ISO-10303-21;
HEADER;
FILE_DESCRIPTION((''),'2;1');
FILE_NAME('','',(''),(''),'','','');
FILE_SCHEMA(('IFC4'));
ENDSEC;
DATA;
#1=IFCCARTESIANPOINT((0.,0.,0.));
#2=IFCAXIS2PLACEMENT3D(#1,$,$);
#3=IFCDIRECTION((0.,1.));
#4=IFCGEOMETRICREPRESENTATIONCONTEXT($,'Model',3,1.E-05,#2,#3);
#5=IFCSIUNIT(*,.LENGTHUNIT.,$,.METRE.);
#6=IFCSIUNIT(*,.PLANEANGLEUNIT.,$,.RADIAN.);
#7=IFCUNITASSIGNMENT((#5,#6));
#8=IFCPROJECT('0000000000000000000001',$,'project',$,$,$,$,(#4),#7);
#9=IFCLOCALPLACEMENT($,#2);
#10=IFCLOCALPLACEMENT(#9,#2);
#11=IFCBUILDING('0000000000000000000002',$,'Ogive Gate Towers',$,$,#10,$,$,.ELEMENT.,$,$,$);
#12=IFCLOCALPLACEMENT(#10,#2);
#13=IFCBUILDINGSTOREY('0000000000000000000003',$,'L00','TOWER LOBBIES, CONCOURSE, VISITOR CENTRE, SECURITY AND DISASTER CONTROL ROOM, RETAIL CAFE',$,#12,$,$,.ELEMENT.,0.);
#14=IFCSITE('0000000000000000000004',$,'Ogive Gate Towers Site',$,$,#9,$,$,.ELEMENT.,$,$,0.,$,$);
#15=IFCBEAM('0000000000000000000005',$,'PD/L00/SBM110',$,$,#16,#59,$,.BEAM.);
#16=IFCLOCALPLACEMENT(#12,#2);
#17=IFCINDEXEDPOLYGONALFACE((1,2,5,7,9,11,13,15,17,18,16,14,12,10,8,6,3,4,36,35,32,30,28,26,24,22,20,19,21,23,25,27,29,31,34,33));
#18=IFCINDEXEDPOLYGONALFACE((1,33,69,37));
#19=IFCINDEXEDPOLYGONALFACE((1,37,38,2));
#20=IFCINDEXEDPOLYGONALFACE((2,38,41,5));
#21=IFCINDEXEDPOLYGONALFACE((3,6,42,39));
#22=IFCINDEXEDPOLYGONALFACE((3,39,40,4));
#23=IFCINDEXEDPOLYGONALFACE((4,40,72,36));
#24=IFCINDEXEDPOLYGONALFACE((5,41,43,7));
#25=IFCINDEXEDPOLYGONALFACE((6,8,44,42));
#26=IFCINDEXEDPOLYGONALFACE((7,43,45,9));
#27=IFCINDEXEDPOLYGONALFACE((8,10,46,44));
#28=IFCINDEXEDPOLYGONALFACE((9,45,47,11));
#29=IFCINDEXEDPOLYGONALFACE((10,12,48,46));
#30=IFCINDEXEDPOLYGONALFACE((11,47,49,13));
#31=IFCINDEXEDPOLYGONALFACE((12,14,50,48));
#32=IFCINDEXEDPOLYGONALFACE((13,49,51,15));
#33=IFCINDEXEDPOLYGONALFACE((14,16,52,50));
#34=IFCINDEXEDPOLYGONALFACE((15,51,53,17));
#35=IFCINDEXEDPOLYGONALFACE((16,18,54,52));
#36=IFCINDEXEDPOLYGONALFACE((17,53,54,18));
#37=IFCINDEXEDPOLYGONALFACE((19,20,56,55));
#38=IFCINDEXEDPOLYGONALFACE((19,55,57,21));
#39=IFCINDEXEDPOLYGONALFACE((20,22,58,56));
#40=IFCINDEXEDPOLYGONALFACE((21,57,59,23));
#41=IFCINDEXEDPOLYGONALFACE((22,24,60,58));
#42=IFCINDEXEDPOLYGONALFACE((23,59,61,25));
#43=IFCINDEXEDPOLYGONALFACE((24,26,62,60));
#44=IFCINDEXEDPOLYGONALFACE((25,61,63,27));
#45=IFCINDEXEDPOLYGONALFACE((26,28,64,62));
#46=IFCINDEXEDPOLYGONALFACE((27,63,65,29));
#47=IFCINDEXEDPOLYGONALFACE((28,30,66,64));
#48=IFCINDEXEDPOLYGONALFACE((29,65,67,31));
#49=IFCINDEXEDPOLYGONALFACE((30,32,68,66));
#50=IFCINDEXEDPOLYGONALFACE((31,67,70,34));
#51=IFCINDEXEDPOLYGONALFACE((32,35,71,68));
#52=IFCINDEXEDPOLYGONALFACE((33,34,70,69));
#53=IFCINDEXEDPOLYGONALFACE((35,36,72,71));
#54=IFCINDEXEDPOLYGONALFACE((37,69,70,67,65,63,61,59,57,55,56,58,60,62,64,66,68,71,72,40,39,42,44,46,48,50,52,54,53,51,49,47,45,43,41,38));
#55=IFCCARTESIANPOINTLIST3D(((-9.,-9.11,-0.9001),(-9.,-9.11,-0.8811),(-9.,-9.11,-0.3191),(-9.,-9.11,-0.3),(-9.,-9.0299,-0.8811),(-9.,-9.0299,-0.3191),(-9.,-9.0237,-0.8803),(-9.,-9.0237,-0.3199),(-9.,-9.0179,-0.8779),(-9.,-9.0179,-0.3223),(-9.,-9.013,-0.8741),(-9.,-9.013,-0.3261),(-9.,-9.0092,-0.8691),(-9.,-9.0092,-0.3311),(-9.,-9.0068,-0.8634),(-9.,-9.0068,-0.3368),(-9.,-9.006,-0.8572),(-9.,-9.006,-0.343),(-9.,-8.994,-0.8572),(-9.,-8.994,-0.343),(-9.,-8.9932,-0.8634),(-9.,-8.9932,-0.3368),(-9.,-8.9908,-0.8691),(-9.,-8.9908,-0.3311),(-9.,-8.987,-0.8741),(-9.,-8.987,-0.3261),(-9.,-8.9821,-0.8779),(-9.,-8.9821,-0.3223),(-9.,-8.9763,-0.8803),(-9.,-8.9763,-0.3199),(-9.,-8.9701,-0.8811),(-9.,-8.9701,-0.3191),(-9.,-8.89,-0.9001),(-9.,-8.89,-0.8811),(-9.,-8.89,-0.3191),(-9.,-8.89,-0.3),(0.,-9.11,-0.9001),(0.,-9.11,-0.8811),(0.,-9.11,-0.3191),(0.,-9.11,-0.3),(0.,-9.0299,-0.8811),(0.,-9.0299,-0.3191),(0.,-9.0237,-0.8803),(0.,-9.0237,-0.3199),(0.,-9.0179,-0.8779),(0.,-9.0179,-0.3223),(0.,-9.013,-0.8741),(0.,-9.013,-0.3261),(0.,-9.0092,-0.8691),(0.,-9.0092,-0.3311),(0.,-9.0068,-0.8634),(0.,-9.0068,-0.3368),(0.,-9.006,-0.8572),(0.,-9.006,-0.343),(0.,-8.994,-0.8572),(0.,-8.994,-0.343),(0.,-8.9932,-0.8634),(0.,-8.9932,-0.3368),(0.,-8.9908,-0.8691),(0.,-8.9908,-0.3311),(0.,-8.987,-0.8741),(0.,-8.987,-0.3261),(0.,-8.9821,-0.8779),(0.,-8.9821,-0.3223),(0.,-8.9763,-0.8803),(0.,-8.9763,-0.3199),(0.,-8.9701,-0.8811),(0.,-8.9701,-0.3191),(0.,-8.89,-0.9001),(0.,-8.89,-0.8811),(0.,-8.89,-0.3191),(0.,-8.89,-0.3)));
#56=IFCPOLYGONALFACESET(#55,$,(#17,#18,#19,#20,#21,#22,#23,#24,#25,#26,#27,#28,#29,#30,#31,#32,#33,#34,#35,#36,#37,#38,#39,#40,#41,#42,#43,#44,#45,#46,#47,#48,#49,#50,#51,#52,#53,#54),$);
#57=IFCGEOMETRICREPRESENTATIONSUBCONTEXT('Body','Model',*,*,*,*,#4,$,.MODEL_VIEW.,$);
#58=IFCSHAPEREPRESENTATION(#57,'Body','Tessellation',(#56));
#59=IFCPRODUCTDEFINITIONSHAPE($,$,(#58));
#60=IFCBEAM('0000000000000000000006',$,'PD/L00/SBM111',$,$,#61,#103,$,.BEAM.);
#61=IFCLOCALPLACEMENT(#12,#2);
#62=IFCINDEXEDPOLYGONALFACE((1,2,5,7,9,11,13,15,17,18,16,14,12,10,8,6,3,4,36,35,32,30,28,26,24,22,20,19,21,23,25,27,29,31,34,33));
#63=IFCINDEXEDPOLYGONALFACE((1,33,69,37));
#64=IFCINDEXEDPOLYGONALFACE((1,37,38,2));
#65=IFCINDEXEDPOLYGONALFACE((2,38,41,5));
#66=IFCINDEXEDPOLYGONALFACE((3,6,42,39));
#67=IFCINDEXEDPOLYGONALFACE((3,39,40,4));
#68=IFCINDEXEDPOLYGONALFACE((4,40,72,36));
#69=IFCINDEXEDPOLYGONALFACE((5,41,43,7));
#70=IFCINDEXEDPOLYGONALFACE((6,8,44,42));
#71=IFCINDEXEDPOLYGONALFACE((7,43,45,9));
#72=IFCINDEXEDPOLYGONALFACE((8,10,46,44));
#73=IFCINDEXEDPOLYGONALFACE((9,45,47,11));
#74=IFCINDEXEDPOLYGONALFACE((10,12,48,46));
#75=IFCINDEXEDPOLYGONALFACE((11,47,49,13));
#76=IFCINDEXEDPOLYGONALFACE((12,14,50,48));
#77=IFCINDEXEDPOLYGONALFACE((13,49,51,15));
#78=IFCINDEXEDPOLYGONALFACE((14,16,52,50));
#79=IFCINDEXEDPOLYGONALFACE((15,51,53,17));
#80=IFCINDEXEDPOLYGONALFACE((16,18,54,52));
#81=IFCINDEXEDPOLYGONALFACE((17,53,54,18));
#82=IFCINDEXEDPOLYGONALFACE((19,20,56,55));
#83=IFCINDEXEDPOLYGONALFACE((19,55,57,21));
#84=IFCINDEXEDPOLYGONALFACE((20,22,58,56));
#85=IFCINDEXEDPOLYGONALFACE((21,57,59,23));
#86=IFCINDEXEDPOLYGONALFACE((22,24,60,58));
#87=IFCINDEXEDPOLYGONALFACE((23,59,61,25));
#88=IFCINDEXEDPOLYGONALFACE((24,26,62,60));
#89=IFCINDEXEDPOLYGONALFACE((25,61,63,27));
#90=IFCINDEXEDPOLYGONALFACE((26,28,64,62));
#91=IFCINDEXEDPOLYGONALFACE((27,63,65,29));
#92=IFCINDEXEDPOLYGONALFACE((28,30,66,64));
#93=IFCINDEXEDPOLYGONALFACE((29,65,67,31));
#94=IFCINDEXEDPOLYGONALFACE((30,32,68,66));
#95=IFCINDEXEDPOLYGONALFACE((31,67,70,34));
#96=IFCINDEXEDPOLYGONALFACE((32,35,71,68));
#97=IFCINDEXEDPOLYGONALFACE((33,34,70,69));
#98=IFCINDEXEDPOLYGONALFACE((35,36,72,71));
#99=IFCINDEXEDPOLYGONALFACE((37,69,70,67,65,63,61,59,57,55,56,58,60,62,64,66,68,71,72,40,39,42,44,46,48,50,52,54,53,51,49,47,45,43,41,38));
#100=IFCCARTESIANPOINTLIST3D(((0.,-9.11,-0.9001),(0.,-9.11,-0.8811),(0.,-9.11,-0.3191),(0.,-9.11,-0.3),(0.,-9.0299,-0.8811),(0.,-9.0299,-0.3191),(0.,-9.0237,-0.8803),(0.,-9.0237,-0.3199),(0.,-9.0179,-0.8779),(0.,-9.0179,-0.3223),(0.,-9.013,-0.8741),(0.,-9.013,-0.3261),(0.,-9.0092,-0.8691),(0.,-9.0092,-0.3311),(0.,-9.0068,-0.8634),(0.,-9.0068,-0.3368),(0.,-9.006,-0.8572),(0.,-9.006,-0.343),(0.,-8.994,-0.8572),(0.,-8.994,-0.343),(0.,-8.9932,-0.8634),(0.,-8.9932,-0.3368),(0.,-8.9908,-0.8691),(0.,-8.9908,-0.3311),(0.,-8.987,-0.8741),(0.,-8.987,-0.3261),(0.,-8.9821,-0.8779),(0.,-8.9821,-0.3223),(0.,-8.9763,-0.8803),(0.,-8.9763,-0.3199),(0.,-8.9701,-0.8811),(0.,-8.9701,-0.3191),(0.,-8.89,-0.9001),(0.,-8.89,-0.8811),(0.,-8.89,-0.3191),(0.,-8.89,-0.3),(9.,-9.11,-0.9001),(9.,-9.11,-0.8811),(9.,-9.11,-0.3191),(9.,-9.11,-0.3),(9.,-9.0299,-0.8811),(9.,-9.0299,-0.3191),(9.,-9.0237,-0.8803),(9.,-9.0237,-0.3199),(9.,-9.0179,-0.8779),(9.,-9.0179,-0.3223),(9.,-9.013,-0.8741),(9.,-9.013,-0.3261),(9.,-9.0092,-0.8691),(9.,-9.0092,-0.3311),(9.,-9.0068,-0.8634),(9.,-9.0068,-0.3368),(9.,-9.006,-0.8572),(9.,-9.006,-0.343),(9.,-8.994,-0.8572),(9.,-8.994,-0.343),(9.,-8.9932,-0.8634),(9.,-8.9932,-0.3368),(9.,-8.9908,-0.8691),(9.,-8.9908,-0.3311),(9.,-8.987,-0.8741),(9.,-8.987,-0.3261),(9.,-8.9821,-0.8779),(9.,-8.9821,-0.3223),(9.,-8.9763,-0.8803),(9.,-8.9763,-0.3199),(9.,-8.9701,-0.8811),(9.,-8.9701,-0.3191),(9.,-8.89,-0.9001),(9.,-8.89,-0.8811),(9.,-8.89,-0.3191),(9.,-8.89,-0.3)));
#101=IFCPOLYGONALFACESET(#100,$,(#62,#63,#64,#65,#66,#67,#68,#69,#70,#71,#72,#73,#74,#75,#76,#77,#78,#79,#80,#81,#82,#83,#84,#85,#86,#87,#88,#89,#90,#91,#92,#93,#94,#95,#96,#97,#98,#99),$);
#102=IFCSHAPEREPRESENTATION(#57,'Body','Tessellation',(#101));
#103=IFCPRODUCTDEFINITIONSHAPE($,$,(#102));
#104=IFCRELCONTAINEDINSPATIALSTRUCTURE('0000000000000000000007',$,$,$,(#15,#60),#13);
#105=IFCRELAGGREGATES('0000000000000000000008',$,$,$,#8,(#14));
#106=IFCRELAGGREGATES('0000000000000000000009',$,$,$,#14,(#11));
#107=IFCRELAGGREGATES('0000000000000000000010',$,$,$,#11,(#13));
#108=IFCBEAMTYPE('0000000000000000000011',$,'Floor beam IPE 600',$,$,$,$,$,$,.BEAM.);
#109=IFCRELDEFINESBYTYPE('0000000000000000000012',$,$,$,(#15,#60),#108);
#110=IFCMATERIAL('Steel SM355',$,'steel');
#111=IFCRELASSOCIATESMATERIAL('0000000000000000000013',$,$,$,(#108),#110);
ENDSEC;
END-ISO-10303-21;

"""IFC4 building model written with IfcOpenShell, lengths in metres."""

from ifc_helpers import new_model, si_unit, direction, frame, origin, origin_2d, place, context, subcontext, project, spatial, i_section, extrude, material, material_profile, profile_set, type_object, element, save


model = new_model("IFC4")

# Units and contexts
model_context = context("Model", 3, precision=1e-05, world=origin(), true_north=direction((0.0, 1.0)))
body_context = subcontext(model_context, "Body", "Model", "MODEL_VIEW")
ifc_project = project(units=[si_unit("LENGTHUNIT", "METRE"), si_unit("PLANEANGLEUNIT", "RADIAN")], contexts=[model_context])

# Site, building, storey
site_placement = place(None, origin())
site = spatial("IfcSite", under=ifc_project, at=site_placement, Name="Ogive Gate Towers Site", CompositionType="ELEMENT", RefElevation=0.0)
building_placement = place(site_placement, origin())
building = spatial("IfcBuilding", under=site, at=building_placement, Name="Ogive Gate Towers", CompositionType="ELEMENT")
storey_placement = place(building_placement, origin())
storey = spatial("IfcBuildingStorey", under=building, at=storey_placement, Name="L00", Description="TOWER LOBBIES, CONCOURSE, VISITOR CENTRE, SECURITY AND DISASTER CONTROL ROOM, RETAIL CAFE", CompositionType="ELEMENT", Elevation=0.0)

# Beams
ifc_material_1 = material(Name="Steel SM355", Category="steel")
ifc_material_profile_1 = material_profile(ifc_material_1, i_section(OverallWidth=0.22, OverallDepth=0.6001, WebThickness=0.012, FlangeThickness=0.019, FilletRadius=0.0239, at=origin_2d()), Name="IPE 600")
ifc_profile_set_1 = profile_set([ifc_material_profile_1], Name="Steel SM355")
beam_type_1 = type_object("IfcBeamType", Name="Floor beam IPE 600", PredefinedType="BEAM", material=ifc_profile_set_1)
for number, where, z_axis, x_axis, name in (
    (1, (-9.0, -9.0, -0.6001), (1.0, 0.0, 0.0), (0.0, 1.0, 0.0), "PD/L00/SBM110"),
    (2, (0.0, -9.0, -0.6001), (1.0, 0.0, 0.0), (0.0, 1.0, 0.0), "PD/L00/SBM111"),
):
    element("IfcBeam", number, at=place(storey_placement, frame(where, z_axis=z_axis, x_axis=x_axis)), inside=storey, type_object=beam_type_1, Name=name, PredefinedType="BEAM", context=body_context, shape_type="SweptSolid", body=[
        extrude(i_section(OverallWidth=0.22, OverallDepth=0.6001, WebThickness=0.012, FlangeThickness=0.019, FilletRadius=0.0239, at=origin_2d()), origin(), (0.0, 0.0, 1.0), 9.0),
    ])

save(model, "model.ifc")
